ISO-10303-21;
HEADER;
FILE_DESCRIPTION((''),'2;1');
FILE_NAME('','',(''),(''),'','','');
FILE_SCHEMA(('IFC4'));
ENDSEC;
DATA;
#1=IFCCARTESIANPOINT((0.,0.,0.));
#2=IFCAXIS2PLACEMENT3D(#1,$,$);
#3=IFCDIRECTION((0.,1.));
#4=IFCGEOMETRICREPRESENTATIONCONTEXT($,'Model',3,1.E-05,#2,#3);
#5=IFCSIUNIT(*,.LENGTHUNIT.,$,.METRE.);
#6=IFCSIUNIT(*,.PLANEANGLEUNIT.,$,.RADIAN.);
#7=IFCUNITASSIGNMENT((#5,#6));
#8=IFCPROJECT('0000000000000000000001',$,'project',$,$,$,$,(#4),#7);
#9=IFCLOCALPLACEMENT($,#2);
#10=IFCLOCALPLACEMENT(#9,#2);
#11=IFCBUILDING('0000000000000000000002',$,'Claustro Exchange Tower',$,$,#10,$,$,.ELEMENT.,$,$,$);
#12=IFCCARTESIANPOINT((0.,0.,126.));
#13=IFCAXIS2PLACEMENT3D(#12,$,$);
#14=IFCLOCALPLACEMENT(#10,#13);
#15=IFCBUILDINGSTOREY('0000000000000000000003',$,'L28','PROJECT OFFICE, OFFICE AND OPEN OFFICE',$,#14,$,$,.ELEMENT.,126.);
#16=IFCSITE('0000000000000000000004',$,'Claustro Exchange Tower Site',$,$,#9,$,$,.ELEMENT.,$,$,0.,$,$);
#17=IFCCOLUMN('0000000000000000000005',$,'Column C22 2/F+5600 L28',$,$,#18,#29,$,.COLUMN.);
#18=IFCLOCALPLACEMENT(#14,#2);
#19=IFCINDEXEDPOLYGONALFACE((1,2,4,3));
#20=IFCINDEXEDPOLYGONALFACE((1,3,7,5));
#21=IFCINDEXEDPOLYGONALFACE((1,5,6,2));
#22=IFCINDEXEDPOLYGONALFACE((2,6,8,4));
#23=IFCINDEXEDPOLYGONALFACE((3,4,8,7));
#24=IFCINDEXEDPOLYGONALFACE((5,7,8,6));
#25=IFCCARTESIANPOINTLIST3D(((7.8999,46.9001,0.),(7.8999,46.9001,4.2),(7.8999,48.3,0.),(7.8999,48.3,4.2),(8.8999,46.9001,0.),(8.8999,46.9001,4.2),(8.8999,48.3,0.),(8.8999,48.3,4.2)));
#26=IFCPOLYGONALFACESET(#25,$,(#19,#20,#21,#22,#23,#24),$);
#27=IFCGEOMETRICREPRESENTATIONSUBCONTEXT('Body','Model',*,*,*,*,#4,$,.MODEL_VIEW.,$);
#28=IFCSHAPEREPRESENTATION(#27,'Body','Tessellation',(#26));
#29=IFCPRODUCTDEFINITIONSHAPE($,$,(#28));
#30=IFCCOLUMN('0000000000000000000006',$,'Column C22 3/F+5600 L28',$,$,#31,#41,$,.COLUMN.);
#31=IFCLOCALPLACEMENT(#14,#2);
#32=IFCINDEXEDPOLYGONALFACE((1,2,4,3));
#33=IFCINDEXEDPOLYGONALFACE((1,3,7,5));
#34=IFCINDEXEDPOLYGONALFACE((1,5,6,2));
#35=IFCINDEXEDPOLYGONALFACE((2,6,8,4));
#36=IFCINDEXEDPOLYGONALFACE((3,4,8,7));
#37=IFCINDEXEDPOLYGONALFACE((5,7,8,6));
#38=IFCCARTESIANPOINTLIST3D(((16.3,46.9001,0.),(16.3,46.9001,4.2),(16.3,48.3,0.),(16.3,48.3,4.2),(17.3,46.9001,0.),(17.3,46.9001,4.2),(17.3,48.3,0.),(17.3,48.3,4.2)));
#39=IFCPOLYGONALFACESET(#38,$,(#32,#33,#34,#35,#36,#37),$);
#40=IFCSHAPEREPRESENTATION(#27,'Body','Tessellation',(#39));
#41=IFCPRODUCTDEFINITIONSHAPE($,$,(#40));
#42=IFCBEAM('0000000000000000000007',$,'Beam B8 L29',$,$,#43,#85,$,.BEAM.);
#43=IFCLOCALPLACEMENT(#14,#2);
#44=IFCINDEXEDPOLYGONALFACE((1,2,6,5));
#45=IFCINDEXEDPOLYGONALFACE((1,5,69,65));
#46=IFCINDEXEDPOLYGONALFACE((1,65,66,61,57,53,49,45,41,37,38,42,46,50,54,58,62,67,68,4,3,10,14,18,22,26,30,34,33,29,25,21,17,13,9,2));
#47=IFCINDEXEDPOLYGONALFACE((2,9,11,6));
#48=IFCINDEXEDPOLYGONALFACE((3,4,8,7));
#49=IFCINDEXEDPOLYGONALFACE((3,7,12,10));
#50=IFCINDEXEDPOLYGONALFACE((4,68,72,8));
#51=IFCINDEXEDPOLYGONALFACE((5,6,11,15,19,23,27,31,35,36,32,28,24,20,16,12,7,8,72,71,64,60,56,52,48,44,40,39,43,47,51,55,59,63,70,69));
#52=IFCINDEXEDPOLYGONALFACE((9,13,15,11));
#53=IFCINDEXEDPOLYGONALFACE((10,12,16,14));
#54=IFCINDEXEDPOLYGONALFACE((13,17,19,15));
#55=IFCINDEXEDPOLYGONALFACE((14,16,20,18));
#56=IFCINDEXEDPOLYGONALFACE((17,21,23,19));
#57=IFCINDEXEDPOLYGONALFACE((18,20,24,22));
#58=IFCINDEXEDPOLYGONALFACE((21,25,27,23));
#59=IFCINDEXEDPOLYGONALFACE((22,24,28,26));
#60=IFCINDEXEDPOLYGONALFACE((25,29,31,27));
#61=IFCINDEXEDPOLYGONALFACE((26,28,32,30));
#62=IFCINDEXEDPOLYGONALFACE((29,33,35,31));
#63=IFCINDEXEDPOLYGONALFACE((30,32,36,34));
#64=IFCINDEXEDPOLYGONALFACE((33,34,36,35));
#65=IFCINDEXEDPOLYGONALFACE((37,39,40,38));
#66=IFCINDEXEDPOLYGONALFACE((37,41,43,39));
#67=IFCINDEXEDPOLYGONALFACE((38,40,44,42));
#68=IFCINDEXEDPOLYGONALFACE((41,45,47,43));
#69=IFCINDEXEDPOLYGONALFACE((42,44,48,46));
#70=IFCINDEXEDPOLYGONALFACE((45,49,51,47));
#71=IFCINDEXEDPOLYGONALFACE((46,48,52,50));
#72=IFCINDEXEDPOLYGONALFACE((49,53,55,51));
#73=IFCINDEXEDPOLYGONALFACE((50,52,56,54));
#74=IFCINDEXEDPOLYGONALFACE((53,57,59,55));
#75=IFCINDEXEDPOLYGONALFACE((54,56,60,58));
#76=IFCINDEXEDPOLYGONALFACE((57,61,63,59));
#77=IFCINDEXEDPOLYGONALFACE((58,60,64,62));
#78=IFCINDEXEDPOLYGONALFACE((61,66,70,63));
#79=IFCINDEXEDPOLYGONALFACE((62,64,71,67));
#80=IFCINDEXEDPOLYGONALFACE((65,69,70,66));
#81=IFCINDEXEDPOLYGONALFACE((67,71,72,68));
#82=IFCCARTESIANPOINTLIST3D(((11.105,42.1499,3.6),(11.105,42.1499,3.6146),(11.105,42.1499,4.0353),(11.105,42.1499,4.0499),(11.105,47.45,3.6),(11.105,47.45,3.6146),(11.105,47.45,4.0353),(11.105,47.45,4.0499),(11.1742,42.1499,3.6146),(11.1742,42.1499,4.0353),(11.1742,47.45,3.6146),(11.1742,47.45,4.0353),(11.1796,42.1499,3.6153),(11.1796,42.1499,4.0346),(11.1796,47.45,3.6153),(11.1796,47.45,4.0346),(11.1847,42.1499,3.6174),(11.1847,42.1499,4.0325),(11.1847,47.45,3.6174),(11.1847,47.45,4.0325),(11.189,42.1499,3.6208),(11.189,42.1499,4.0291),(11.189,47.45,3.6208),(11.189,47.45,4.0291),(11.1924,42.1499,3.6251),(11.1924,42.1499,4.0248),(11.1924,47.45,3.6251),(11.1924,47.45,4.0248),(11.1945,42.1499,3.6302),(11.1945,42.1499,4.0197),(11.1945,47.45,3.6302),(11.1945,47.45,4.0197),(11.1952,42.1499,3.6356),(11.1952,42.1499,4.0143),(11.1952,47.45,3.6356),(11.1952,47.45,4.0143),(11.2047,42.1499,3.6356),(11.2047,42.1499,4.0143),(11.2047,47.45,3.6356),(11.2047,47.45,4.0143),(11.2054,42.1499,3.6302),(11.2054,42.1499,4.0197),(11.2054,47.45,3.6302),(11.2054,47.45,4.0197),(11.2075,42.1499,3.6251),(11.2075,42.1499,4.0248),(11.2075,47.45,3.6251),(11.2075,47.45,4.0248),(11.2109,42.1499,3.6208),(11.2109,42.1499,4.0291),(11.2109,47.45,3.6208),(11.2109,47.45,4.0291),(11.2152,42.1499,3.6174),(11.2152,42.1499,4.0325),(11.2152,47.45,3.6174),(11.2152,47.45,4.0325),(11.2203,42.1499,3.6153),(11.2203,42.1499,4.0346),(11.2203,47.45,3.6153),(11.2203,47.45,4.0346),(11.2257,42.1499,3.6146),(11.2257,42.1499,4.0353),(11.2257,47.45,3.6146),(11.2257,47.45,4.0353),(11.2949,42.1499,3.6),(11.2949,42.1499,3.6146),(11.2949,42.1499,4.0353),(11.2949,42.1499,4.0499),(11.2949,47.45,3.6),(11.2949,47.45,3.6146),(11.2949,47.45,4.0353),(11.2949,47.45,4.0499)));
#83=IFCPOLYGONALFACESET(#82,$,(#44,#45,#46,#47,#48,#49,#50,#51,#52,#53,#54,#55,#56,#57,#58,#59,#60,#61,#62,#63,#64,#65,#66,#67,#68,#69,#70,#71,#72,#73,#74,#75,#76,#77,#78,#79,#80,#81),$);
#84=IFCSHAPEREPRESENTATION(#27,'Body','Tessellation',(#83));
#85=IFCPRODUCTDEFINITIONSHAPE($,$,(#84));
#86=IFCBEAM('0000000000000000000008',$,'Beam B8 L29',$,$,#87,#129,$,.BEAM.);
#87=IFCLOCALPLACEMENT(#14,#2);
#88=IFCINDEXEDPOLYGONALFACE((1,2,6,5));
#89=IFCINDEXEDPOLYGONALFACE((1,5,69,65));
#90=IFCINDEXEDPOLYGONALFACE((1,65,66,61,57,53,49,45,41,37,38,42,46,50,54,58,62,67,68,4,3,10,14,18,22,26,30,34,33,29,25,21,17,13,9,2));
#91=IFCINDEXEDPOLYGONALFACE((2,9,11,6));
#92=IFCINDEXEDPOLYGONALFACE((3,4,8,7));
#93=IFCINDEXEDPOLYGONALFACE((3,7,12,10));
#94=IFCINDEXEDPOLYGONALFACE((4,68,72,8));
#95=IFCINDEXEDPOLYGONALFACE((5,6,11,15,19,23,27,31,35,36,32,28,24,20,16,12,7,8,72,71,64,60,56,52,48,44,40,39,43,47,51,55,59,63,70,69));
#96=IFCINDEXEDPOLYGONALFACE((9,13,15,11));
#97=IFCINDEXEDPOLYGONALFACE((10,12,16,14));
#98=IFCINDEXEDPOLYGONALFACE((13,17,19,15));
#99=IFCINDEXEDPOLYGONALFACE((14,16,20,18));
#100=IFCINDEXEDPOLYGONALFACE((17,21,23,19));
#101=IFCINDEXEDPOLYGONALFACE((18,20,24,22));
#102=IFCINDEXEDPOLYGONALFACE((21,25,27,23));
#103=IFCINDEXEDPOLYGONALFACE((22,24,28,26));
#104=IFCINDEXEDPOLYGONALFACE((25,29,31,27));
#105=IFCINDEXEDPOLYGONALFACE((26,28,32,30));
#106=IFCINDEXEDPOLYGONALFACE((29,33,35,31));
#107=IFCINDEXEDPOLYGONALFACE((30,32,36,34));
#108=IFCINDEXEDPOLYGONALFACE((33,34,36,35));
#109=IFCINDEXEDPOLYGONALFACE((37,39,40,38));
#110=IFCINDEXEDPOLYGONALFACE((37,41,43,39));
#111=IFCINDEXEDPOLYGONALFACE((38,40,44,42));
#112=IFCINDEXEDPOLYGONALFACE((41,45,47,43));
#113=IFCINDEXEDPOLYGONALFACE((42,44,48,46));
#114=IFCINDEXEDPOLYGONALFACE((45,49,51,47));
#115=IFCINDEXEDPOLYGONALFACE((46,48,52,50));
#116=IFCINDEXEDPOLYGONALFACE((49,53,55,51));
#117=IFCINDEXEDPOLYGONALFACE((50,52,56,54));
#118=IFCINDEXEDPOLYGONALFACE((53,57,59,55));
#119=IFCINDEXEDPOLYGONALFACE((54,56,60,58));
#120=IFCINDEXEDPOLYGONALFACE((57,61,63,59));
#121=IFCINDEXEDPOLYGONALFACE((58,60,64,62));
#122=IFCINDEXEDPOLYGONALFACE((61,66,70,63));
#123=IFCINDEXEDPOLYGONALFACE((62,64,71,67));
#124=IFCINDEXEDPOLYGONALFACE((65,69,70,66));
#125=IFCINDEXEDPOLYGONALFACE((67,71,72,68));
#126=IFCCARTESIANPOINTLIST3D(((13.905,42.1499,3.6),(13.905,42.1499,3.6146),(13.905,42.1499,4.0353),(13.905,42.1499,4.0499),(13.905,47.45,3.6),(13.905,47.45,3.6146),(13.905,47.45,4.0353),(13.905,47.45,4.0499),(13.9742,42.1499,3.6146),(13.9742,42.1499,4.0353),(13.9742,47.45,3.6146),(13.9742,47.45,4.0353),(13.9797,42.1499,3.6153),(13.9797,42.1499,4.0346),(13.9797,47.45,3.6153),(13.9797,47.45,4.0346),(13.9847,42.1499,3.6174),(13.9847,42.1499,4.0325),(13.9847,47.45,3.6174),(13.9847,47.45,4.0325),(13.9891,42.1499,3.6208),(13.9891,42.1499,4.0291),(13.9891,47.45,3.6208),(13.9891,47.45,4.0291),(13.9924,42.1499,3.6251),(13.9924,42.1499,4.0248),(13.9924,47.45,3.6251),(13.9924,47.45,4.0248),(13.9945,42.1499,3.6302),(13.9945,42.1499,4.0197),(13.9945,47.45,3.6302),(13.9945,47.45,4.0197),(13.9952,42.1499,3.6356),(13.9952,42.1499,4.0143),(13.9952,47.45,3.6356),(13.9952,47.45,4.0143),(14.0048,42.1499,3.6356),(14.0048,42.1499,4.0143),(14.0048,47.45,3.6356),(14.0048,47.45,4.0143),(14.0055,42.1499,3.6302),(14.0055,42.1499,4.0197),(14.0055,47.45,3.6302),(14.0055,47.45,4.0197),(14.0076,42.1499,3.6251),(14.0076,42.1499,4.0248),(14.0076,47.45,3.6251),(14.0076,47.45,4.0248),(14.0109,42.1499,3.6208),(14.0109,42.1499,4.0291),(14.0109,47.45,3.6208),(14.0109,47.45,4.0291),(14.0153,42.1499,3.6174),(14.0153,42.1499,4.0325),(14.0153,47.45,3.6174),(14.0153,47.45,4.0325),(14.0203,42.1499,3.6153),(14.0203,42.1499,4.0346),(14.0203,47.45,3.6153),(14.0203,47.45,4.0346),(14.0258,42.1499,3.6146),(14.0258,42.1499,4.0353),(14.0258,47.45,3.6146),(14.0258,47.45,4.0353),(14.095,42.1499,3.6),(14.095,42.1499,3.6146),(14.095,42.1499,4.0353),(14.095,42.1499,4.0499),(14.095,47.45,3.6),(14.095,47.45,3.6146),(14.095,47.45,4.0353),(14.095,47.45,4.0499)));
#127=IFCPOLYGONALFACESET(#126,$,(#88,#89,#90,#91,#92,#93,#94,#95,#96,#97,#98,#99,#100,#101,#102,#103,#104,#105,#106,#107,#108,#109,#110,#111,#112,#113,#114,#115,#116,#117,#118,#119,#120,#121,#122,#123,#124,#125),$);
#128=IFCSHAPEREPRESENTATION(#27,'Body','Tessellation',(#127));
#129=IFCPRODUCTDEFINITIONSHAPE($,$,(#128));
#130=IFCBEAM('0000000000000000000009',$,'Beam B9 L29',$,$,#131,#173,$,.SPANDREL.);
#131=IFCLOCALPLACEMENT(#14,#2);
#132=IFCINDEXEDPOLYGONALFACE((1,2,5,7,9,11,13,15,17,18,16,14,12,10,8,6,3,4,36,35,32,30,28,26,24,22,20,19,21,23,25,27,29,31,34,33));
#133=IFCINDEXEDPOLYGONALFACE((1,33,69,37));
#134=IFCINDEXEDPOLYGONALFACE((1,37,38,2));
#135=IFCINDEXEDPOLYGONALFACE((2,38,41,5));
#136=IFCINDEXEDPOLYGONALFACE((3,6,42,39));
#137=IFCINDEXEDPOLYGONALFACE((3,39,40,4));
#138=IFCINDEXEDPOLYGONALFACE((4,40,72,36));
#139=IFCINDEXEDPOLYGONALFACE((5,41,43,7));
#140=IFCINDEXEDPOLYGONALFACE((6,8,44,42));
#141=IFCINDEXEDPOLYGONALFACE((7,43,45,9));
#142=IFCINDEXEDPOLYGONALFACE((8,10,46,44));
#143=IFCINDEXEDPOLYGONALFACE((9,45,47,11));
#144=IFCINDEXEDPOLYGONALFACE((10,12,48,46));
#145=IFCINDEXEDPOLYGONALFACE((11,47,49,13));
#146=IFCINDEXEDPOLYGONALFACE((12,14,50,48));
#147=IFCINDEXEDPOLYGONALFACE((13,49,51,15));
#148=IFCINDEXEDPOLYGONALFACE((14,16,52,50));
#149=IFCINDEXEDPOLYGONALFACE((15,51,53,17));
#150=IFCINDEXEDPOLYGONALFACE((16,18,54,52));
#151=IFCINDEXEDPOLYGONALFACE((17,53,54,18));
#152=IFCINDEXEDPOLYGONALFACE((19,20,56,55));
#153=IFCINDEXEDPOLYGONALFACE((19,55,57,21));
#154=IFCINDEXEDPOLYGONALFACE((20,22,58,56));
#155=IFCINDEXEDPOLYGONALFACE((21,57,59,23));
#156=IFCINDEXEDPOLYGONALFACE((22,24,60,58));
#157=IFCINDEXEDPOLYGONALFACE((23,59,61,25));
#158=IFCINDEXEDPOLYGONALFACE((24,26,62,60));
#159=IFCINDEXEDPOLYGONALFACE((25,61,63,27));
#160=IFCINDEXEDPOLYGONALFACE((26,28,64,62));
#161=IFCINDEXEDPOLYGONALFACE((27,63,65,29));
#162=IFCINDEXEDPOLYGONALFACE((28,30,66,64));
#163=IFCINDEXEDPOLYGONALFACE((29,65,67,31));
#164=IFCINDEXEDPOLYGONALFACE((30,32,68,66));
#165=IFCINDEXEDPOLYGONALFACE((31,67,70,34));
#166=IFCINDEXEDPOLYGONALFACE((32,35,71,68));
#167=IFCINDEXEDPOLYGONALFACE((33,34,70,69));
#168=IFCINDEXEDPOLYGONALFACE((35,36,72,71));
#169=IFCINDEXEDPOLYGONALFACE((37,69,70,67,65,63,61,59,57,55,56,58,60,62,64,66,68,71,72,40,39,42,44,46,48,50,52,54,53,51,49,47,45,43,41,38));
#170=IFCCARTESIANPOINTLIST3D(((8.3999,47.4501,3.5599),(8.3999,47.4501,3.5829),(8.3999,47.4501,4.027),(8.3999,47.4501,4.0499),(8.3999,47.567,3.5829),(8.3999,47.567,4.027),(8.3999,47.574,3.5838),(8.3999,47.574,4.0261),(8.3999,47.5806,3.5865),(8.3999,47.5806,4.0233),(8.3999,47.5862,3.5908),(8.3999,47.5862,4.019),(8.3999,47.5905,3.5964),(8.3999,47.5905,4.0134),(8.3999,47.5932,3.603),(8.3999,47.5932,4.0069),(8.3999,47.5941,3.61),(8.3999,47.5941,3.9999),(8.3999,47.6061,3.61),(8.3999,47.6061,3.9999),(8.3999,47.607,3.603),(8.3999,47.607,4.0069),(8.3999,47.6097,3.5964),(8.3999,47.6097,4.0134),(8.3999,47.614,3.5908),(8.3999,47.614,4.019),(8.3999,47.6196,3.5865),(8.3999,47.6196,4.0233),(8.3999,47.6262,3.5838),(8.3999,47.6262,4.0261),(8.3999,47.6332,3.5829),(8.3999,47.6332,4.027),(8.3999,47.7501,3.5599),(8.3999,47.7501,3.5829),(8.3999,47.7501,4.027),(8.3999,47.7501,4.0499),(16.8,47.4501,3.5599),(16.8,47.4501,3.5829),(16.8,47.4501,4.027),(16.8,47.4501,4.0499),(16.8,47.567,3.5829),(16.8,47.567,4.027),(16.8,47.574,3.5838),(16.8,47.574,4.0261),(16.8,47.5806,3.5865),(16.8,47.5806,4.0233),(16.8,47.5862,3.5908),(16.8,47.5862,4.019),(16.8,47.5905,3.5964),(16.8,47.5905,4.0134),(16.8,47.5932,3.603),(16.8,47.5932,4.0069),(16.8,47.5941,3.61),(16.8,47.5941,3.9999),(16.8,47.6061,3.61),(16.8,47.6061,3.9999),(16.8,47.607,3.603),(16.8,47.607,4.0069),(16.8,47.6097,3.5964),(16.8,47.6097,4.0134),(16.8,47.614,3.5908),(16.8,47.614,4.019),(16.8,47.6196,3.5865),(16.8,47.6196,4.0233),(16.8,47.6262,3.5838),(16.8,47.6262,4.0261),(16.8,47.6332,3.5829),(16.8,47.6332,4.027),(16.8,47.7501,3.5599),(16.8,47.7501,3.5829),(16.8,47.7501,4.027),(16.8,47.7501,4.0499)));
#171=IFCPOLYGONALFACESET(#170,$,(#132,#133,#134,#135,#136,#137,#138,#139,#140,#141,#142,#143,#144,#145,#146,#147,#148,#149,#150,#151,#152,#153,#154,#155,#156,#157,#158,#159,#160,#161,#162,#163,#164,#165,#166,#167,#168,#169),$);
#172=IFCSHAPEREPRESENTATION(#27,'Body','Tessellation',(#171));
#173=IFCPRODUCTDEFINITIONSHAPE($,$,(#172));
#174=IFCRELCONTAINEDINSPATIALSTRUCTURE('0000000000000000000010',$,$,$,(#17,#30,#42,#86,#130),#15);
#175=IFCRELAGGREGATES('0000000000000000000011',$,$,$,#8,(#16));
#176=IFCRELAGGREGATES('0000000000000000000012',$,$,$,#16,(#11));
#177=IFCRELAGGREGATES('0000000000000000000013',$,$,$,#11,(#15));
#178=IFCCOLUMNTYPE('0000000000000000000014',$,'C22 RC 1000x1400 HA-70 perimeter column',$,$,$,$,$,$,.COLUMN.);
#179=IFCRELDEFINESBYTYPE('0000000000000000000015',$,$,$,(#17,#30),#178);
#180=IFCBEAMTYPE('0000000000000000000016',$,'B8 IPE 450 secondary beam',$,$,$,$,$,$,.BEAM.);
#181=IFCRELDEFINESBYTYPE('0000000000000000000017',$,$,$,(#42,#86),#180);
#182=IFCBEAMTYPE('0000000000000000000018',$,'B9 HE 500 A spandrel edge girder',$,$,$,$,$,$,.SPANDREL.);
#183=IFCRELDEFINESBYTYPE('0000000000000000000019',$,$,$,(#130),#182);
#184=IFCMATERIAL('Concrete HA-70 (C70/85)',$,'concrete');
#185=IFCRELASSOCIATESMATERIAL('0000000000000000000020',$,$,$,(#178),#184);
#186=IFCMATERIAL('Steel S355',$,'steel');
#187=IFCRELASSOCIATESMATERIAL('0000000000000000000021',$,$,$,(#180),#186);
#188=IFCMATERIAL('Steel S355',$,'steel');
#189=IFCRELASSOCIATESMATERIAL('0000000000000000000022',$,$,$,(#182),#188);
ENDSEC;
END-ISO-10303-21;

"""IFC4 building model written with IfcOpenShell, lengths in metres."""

from ifc_helpers import new_model, si_unit, direction, frame, origin, origin_2d, place, context, subcontext, project, spatial, rectangle, i_section, extrude, material, material_profile, profile_set, type_object, element, save


model = new_model("IFC4")

# Units and contexts
model_context = context("Model", 3, precision=1e-05, world=origin(), true_north=direction((0.0, 1.0)))
body_context = subcontext(model_context, "Body", "Model", "MODEL_VIEW")
ifc_project = project(units=[si_unit("LENGTHUNIT", "METRE"), si_unit("PLANEANGLEUNIT", "RADIAN")], contexts=[model_context])

# Site, building, storey
site_placement = place(None, origin())
site = spatial("IfcSite", under=ifc_project, at=site_placement, Name="Claustro Exchange Tower Site", CompositionType="ELEMENT", RefElevation=0.0)
building_placement = place(site_placement, origin())
building = spatial("IfcBuilding", under=site, at=building_placement, Name="Claustro Exchange Tower", CompositionType="ELEMENT")
storey_placement = place(building_placement, frame((0.0, 0.0, 126.0)))
storey = spatial("IfcBuildingStorey", under=building, at=storey_placement, Name="L28", Description="PROJECT OFFICE, OFFICE AND OPEN OFFICE", CompositionType="ELEMENT", Elevation=126.0)

# Columns
ifc_material_1 = material(Name="Concrete HA-70 (C70/85)", Category="concrete")
ifc_material_profile_1 = material_profile(ifc_material_1, rectangle(XDim=1.0, YDim=1.3999, at=origin_2d()), Name="RC 1000x1400")
ifc_profile_set_1 = profile_set([ifc_material_profile_1], Name="Concrete HA-70 (C70/85)")
column_type = type_object("IfcColumnType", Name="C22 RC 1000x1400 HA-70 perimeter column", PredefinedType="COLUMN", material=ifc_profile_set_1)
for number, where, z_axis, x_axis, name in (
    (1, (8.3999, 47.6001, 0.0), (0.0, 0.0, 1.0), (1.0, 0.0, 0.0), "Column C22 2/F+5600 L28"),
    (2, (16.8, 47.6001, 0.0), (0.0, 0.0, 1.0), (1.0, 0.0, 0.0), "Column C22 3/F+5600 L28"),
):
    element("IfcColumn", number, at=place(storey_placement, frame(where, z_axis=z_axis, x_axis=x_axis)), inside=storey, type_object=column_type, Name=name, PredefinedType="COLUMN", context=body_context, shape_type="SweptSolid", body=[
        extrude(rectangle(XDim=1.0, YDim=1.3999, at=origin_2d()), origin(), (0.0, 0.0, 1.0), 4.2),
    ])

# Beams
ifc_material_2 = material(Name="Steel S355", Category="steel")
ifc_material_profile_2 = material_profile(ifc_material_2, i_section(OverallWidth=0.1899, OverallDepth=0.45, WebThickness=0.0095, FlangeThickness=0.0146, FilletRadius=0.021, at=origin_2d()), Name="IPE 450")
ifc_profile_set_2 = profile_set([ifc_material_profile_2], Name="Steel S355")
beam_type_1 = type_object("IfcBeamType", Name="B8 IPE 450 secondary beam", PredefinedType="BEAM", material=ifc_profile_set_2)
for number, where, z_axis, x_axis, name in (
    (3, (11.2, 42.1499, 3.825), (0.0, 1.0, 0.0), (-1.0, 0.0, 0.0), "Beam B8 L29"),
    (4, (14.0, 42.1499, 3.825), (0.0, 1.0, 0.0), (-1.0, 0.0, 0.0), "Beam B8 L29"),
):
    element("IfcBeam", number, at=place(storey_placement, frame(where, z_axis=z_axis, x_axis=x_axis)), inside=storey, type_object=beam_type_1, Name=name, PredefinedType="BEAM", context=body_context, shape_type="SweptSolid", body=[
        extrude(i_section(OverallWidth=0.1899, OverallDepth=0.45, WebThickness=0.0095, FlangeThickness=0.0146, FilletRadius=0.021, at=origin_2d()), origin(), (0.0, 0.0, 1.0), 5.3),
    ])
ifc_material_3 = material(Name="Steel S355", Category="steel")
ifc_material_profile_3 = material_profile(ifc_material_3, i_section(OverallWidth=0.3, OverallDepth=0.49, WebThickness=0.012, FlangeThickness=0.0229, FilletRadius=0.0271, at=origin_2d()), Name="HE 500 A")
ifc_profile_set_3 = profile_set([ifc_material_profile_3], Name="Steel S355")
beam_type_2 = type_object("IfcBeamType", Name="B9 HE 500 A spandrel edge girder", PredefinedType="SPANDREL", material=ifc_profile_set_3)
beam_1_placement = place(storey_placement, frame((8.3999, 47.6001, 3.8049), z_axis=(1.0, 0.0, 0.0), x_axis=(0.0, 1.0, 0.0)))
element("IfcBeam", 5, at=beam_1_placement, inside=storey, type_object=beam_type_2, Name="Beam B9 L29", PredefinedType="SPANDREL", context=body_context, shape_type="SweptSolid", body=[
    extrude(i_section(OverallWidth=0.3, OverallDepth=0.49, WebThickness=0.012, FlangeThickness=0.0229, FilletRadius=0.0271, at=origin_2d()), origin(), (0.0, 0.0, 1.0), 8.4001),
])

save(model, "model.ifc")
